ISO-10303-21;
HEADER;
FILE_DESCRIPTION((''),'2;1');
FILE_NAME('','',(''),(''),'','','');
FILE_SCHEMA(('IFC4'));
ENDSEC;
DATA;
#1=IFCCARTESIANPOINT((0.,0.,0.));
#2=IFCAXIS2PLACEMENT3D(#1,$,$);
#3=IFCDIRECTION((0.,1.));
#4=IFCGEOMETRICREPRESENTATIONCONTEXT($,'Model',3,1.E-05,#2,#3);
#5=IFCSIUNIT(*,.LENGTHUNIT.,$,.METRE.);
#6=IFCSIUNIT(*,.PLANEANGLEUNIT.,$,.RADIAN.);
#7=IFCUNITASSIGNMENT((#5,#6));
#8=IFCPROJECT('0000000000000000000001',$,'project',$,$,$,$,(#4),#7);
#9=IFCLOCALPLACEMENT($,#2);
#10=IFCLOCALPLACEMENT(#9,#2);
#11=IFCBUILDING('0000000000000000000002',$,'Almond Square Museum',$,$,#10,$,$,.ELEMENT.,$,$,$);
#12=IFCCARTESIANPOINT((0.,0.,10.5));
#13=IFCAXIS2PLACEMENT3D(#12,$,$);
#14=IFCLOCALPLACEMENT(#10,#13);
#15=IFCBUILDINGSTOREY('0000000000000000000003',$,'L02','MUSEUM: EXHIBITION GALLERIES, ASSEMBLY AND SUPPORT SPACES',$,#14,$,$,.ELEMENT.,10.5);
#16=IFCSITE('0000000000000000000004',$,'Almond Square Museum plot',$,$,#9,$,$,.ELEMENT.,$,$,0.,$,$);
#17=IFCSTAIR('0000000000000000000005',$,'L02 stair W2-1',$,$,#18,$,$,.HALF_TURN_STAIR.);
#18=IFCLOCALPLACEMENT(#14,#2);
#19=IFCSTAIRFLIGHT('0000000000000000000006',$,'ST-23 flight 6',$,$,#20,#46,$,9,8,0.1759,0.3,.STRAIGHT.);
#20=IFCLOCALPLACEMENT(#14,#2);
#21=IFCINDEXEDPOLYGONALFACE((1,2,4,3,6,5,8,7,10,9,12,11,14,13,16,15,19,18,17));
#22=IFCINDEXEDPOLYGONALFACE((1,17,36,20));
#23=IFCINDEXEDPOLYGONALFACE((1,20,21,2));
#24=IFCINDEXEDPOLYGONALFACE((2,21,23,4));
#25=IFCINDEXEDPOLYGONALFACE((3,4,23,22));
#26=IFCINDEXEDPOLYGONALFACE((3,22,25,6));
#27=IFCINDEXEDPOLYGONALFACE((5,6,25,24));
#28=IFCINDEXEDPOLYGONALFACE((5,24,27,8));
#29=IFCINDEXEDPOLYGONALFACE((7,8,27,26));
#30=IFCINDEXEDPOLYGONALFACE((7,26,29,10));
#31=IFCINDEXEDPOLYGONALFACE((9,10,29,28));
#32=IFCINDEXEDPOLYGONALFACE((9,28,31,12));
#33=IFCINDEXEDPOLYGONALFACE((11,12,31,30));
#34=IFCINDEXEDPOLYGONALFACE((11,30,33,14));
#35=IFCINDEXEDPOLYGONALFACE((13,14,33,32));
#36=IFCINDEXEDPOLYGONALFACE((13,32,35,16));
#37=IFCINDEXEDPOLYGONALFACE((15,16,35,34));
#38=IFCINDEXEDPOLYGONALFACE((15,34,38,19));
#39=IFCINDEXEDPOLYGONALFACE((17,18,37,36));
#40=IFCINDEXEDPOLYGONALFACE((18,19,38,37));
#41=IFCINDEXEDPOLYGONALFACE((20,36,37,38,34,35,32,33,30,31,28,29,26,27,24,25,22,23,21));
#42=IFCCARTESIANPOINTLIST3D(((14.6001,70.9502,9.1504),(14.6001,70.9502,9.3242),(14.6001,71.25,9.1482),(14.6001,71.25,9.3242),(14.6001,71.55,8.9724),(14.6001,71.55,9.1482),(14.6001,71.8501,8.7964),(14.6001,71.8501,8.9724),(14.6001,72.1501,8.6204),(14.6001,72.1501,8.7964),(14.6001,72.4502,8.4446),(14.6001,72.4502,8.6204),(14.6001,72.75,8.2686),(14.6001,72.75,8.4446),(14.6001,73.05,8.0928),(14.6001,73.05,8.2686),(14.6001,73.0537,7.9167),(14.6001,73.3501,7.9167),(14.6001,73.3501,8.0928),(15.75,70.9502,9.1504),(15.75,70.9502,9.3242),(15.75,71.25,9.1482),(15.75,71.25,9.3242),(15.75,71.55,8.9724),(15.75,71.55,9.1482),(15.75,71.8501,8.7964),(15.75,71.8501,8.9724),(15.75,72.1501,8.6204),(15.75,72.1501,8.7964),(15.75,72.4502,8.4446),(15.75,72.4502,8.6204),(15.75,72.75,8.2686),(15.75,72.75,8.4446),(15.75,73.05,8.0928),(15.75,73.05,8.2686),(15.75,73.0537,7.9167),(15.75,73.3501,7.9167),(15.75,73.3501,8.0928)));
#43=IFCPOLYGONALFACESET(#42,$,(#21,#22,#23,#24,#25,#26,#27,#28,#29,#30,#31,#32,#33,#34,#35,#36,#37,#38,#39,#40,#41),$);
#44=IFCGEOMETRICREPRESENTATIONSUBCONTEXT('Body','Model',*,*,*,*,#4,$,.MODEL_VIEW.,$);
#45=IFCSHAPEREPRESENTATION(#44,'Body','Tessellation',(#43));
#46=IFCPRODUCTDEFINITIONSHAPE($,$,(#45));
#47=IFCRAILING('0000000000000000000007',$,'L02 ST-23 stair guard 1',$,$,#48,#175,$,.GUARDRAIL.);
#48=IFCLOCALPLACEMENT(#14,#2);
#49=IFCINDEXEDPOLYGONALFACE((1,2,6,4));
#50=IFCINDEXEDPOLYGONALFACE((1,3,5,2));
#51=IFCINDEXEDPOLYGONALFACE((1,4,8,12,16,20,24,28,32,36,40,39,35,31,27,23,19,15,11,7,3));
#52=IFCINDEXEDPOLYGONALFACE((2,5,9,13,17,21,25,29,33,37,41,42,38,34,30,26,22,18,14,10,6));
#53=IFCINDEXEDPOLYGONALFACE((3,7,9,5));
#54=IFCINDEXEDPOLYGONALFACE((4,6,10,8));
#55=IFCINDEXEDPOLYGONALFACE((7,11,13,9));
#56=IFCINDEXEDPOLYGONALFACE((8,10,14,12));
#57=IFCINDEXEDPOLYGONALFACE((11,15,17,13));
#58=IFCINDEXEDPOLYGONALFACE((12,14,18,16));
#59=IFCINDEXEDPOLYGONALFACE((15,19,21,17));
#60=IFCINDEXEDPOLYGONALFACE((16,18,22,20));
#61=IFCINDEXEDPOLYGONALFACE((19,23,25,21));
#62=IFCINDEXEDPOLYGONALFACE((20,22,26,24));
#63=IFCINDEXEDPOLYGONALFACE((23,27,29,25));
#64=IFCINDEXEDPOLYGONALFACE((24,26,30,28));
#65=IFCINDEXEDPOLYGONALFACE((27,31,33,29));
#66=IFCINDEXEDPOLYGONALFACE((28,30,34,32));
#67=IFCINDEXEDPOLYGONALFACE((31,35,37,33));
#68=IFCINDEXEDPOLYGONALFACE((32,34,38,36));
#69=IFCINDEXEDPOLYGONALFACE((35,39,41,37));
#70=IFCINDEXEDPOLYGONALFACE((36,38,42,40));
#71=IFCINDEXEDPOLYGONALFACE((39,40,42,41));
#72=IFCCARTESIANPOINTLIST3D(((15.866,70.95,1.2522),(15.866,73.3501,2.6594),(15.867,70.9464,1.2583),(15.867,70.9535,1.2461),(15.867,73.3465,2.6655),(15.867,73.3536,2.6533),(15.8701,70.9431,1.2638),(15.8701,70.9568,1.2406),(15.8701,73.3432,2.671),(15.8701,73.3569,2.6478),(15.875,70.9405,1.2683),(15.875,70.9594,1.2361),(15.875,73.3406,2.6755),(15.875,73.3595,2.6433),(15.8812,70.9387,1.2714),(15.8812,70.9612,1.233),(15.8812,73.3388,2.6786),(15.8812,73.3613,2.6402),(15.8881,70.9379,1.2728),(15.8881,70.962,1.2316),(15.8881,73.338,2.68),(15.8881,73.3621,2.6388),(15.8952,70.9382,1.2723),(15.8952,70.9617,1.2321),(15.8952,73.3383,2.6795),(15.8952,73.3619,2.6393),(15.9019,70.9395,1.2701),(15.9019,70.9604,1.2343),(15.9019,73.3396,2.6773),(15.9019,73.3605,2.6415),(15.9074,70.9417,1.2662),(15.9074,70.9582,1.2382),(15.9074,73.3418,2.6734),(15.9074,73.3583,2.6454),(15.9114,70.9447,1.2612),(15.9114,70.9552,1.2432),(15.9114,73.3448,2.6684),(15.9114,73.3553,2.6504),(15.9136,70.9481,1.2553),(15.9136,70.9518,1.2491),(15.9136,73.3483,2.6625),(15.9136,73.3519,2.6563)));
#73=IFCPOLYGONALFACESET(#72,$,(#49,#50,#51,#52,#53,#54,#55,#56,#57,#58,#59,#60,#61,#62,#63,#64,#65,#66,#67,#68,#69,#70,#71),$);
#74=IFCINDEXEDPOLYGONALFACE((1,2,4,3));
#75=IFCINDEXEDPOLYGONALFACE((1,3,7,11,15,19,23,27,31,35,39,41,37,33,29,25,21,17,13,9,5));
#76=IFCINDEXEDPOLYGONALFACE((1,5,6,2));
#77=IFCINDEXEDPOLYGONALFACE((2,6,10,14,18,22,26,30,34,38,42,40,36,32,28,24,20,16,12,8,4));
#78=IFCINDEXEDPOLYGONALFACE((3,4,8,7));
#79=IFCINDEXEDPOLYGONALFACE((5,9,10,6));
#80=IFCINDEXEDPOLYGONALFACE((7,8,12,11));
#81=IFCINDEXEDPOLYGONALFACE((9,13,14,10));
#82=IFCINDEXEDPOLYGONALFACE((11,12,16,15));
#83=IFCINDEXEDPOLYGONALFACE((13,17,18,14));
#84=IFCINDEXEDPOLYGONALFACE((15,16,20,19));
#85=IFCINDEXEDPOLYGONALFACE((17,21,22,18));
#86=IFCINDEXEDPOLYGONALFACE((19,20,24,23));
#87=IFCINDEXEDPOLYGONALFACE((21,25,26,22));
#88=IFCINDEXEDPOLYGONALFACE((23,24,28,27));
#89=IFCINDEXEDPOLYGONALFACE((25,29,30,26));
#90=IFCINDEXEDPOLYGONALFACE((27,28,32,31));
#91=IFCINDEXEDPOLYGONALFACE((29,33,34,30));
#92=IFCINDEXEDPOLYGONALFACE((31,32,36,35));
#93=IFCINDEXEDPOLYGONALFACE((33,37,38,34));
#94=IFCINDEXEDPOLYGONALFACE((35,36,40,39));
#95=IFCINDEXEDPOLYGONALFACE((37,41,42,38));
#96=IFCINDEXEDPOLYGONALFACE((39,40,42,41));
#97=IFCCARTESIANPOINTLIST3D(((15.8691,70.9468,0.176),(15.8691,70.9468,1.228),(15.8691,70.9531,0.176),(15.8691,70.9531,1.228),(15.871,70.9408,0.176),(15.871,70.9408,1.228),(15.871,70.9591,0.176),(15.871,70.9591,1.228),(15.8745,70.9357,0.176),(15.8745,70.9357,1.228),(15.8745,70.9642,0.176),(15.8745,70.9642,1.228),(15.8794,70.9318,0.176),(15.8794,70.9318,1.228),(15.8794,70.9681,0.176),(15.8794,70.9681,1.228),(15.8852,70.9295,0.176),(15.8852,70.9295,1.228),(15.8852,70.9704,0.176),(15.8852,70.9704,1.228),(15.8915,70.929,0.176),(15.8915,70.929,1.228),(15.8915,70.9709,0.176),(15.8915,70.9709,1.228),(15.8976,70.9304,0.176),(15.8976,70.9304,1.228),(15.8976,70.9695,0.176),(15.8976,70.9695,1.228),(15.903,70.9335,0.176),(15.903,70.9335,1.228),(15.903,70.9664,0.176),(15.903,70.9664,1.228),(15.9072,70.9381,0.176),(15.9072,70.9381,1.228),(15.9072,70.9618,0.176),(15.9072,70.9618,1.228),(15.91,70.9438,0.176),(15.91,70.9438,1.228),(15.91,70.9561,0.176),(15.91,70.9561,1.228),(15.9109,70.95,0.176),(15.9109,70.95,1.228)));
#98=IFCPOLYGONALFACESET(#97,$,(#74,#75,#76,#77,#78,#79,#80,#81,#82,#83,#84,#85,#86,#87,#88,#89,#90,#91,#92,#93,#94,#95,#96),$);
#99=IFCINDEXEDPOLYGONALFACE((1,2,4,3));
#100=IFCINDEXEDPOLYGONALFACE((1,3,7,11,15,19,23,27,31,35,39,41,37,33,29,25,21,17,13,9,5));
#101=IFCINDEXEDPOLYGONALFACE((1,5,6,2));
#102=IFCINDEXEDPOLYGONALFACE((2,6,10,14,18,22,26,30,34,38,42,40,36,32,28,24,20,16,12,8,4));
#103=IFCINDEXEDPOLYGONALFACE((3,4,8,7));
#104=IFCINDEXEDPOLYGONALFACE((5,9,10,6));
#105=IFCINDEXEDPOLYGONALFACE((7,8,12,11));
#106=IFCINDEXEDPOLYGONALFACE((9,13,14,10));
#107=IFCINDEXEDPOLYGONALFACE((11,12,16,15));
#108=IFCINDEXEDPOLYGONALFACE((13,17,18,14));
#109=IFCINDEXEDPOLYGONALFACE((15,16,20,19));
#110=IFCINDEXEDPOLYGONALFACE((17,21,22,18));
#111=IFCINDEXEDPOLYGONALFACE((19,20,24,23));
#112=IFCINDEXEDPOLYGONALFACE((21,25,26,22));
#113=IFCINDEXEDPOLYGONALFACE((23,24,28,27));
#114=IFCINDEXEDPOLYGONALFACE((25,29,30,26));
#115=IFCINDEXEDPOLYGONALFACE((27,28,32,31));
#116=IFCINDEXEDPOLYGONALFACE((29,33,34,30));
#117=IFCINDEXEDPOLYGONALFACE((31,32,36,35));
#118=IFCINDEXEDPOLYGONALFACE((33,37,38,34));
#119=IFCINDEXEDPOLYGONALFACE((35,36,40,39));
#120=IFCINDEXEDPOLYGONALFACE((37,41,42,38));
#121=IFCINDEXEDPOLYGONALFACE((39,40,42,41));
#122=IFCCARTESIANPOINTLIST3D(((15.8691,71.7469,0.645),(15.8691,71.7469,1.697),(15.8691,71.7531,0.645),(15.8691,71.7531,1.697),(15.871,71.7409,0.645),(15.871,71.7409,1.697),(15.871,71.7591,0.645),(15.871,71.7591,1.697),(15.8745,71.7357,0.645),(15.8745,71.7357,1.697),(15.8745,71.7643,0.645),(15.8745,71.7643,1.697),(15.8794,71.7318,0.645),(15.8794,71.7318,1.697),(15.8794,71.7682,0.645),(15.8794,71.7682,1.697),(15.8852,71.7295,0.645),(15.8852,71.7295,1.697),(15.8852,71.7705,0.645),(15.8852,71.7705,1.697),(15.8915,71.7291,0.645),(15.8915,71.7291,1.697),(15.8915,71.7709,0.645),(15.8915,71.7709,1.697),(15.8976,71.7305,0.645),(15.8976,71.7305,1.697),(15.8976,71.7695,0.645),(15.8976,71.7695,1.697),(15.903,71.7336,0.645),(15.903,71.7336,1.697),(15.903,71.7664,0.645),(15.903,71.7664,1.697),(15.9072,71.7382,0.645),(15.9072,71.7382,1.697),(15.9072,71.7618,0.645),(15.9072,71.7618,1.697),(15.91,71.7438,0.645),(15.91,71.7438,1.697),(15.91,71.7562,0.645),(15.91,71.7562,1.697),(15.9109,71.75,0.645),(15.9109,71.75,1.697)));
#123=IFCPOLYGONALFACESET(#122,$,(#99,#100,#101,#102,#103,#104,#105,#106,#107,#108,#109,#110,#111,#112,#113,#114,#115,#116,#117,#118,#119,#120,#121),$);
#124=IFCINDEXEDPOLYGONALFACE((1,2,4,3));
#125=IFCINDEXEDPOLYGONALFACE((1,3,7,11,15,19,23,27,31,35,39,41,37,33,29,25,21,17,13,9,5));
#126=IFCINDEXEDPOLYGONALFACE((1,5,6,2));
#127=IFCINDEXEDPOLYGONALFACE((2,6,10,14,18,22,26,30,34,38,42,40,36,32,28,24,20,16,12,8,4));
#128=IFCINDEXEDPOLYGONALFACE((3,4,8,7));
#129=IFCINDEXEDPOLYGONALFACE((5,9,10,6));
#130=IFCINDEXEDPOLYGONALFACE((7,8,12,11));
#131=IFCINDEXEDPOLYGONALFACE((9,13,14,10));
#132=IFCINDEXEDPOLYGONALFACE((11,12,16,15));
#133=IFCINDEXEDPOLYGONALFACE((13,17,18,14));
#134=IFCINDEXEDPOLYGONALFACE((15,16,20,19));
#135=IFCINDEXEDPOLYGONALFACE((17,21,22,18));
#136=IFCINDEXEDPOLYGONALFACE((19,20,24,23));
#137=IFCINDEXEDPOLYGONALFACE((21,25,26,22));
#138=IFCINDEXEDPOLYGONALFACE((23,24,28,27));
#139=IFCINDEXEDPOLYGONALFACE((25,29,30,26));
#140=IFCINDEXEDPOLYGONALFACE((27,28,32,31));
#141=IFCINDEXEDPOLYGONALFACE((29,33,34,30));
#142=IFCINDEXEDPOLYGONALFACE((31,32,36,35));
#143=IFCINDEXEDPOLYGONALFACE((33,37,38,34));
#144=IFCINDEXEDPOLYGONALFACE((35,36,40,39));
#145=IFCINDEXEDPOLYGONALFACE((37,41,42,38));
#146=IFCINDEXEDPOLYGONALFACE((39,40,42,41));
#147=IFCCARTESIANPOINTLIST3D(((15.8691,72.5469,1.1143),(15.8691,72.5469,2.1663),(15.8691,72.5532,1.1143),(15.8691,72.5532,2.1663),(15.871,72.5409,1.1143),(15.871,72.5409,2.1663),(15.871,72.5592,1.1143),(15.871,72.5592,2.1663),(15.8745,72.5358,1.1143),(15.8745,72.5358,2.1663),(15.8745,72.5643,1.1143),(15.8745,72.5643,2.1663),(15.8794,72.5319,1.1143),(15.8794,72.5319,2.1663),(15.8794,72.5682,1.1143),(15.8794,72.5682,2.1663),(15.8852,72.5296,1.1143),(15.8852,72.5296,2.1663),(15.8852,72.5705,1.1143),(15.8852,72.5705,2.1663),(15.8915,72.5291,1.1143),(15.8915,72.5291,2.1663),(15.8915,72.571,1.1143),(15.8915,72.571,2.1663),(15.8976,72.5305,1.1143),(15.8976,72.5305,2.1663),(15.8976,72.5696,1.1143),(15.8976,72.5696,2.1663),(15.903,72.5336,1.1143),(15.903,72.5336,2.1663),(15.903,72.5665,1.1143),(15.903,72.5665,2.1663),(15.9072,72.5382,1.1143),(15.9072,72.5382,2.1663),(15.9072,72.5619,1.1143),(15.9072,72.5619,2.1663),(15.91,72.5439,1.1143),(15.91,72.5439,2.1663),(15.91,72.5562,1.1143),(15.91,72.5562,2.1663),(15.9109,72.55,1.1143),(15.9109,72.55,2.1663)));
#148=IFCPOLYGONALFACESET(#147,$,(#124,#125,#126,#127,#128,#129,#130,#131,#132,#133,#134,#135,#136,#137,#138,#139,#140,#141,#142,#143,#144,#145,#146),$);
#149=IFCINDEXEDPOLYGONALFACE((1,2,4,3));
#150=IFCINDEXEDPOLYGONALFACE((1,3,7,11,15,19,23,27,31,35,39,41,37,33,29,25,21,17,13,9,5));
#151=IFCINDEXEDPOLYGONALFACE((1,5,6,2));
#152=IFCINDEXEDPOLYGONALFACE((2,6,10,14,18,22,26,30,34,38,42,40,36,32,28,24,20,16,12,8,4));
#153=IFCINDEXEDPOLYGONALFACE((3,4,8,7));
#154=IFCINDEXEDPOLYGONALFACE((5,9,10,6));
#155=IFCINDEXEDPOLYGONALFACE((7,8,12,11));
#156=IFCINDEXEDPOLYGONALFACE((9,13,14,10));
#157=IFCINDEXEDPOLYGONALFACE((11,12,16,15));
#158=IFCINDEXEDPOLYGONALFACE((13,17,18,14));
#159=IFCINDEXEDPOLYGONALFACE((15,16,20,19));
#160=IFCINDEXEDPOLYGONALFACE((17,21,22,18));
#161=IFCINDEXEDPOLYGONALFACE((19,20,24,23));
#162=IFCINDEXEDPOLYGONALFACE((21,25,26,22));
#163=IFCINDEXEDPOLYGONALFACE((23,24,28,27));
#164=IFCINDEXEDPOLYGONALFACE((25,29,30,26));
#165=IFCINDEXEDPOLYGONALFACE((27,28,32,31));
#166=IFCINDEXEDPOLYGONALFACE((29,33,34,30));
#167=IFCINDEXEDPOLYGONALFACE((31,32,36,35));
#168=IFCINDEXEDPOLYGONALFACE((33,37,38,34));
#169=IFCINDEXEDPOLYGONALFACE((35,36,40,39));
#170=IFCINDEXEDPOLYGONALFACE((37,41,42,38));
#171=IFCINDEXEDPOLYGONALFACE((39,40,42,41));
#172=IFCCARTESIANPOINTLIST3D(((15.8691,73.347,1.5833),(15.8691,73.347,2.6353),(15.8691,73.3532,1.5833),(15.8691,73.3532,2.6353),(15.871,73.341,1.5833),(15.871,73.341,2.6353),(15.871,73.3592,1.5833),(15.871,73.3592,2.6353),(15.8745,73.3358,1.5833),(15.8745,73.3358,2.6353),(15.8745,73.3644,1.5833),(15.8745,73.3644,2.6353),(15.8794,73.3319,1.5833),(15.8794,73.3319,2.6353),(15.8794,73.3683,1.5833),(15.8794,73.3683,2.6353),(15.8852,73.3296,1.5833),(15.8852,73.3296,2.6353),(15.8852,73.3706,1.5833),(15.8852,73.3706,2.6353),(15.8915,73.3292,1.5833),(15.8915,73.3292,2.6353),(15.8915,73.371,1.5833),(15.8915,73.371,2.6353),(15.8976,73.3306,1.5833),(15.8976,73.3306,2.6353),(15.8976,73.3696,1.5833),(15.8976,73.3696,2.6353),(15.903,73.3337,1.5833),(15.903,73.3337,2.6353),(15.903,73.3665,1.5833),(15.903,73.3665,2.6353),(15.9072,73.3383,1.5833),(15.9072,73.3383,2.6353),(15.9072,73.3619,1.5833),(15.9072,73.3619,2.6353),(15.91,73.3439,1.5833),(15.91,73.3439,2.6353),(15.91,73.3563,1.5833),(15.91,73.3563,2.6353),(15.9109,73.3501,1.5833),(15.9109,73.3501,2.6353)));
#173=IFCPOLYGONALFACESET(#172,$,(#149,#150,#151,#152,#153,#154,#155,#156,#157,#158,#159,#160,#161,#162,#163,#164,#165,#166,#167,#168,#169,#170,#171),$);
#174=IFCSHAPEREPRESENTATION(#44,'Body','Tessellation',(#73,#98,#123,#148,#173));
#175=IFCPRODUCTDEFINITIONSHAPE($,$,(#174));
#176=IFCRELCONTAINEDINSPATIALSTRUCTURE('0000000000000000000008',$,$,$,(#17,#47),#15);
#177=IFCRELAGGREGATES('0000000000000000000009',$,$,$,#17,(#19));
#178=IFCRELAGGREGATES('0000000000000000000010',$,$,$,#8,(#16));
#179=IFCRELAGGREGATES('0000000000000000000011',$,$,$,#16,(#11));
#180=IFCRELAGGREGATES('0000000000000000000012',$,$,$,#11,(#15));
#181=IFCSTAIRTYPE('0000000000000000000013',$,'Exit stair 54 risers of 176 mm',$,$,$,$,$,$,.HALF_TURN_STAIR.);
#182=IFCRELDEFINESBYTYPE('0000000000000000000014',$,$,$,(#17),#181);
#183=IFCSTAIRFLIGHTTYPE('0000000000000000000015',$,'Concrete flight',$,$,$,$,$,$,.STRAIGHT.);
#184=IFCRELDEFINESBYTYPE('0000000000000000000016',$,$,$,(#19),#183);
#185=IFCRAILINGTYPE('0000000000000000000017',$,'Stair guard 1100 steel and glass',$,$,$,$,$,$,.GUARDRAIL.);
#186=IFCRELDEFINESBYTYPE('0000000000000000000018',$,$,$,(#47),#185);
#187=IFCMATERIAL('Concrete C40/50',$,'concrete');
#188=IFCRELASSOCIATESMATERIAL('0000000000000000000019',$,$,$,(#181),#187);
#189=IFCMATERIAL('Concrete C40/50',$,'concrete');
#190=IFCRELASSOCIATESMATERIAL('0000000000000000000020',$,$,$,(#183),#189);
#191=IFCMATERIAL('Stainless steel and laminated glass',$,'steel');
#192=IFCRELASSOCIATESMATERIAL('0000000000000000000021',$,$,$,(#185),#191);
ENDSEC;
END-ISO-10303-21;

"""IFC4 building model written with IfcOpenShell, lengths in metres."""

from ifc_helpers import new_model, si_unit, direction, frame, origin, origin_2d, place, context, subcontext, project, spatial, polyline, circle, outline, extrude, material, type_object, element, aggregate, save


model = new_model("IFC4")

# Units and contexts
model_context = context("Model", 3, precision=1e-05, world=origin(), true_north=direction((0.0, 1.0)))
body_context = subcontext(model_context, "Body", "Model", "MODEL_VIEW")
ifc_project = project(units=[si_unit("LENGTHUNIT", "METRE"), si_unit("PLANEANGLEUNIT", "RADIAN")], contexts=[model_context])

# Site, building, storey
site_placement = place(None, origin())
site = spatial("IfcSite", under=ifc_project, at=site_placement, Name="Almond Square Museum plot", CompositionType="ELEMENT", RefElevation=0.0)
building_placement = place(site_placement, origin())
building = spatial("IfcBuilding", under=site, at=building_placement, Name="Almond Square Museum", CompositionType="ELEMENT")
storey_placement = place(building_placement, frame((0.0, 0.0, 10.5)))
storey = spatial("IfcBuildingStorey", under=building, at=storey_placement, Name="L02", Description="MUSEUM: EXHIBITION GALLERIES, ASSEMBLY AND SUPPORT SPACES", CompositionType="ELEMENT", Elevation=10.5)

# Stair, stair flight
ifc_material_1 = material(Name="Concrete C40/50", Category="concrete")
stair_type = type_object("IfcStairType", Name="Exit stair 54 risers of 176 mm", PredefinedType="HALF_TURN_STAIR", material=ifc_material_1)
stair_placement = place(storey_placement, origin())
stair = element("IfcStair", 1, at=stair_placement, inside=storey, type_object=stair_type, Name="L02 stair W2-1", PredefinedType="HALF_TURN_STAIR")
ifc_material_2 = material(Name="Concrete C40/50", Category="concrete")
stair_flight_type = type_object("IfcStairFlightType", Name="Concrete flight", PredefinedType="STRAIGHT", material=ifc_material_2)
stair_flight_1_placement = place(storey_placement, frame((15.175, 73.3501, 7.9167), z_axis=(0.0, 0.0, 1.0), x_axis=(0.0, -1.0, 0.0)))
stair_flight_1 = element("IfcStairFlight", 2, at=stair_flight_1_placement, type_object=stair_flight_type, Name="ST-23 flight 6", NumberOfRisers=9, NumberOfTreads=8, PredefinedType="STRAIGHT", RiserHeight=0.1759, TreadLength=0.3, context=body_context, shape_type="SweptSolid", body=[
    extrude(outline(polyline([(0.0, 0.0), (0.0, 0.176), (0.3, 0.176), (0.3, 0.3518), (0.6001, 0.3518), (0.6001, 0.5278), (0.8999, 0.5278), (0.8999, 0.7036), (1.2, 0.7036), (1.2, 0.8796), (1.5, 0.8796), (1.5, 1.0557), (1.8, 1.0557), (1.8, 1.2314), (2.1001, 1.2314), (2.1001, 1.4075), (2.3999, 1.4075), (2.3999, 1.5833), (2.3999, 1.2336), (0.2964, 0.0), (0.0, 0.0)])), frame((0.0, 0.575, 0.0), z_axis=(0.0, -1.0, 0.0), x_axis=(1.0, 0.0, 0.0)), (0.0, 0.0, 1.0), 1.1499),
])
aggregate(stair, [stair_flight_1])

# Railing
ifc_material_3 = material(Name="Stainless steel and laminated glass", Category="steel")
railing_type_1 = type_object("IfcRailingType", Name="Stair guard 1100 steel and glass", PredefinedType="GUARDRAIL", material=ifc_material_3)
railing_1_placement = place(storey_placement, frame((15.8899, 70.95, 0.176)))
element("IfcRailing", 3, at=railing_1_placement, inside=storey, type_object=railing_type_1, Name="L02 ST-23 stair guard 1", PredefinedType="GUARDRAIL", context=body_context, shape_type="SweptSolid", body=[
    extrude(circle(Radius=0.0239, at=origin_2d()), frame((0.0, 0.0, 1.0762), z_axis=(0.0, 0.86266, 0.505785), x_axis=(-1.0, 0.0, 0.0)), (0.0, 0.0, 1.0), 2.7822),
    extrude(circle(Radius=0.021, at=origin_2d()), origin(), (0.0, 0.0, 1.0), 1.052),
    extrude(circle(Radius=0.021, at=origin_2d()), frame((0.0, 0.8, 0.469)), (0.0, 0.0, 1.0), 1.052),
    extrude(circle(Radius=0.021, at=origin_2d()), frame((0.0, 1.6001, 0.9382)), (0.0, 0.0, 1.0), 1.052),
    extrude(circle(Radius=0.021, at=origin_2d()), frame((0.0, 2.4001, 1.4072)), (0.0, 0.0, 1.0), 1.052),
])

save(model, "model.ifc")
